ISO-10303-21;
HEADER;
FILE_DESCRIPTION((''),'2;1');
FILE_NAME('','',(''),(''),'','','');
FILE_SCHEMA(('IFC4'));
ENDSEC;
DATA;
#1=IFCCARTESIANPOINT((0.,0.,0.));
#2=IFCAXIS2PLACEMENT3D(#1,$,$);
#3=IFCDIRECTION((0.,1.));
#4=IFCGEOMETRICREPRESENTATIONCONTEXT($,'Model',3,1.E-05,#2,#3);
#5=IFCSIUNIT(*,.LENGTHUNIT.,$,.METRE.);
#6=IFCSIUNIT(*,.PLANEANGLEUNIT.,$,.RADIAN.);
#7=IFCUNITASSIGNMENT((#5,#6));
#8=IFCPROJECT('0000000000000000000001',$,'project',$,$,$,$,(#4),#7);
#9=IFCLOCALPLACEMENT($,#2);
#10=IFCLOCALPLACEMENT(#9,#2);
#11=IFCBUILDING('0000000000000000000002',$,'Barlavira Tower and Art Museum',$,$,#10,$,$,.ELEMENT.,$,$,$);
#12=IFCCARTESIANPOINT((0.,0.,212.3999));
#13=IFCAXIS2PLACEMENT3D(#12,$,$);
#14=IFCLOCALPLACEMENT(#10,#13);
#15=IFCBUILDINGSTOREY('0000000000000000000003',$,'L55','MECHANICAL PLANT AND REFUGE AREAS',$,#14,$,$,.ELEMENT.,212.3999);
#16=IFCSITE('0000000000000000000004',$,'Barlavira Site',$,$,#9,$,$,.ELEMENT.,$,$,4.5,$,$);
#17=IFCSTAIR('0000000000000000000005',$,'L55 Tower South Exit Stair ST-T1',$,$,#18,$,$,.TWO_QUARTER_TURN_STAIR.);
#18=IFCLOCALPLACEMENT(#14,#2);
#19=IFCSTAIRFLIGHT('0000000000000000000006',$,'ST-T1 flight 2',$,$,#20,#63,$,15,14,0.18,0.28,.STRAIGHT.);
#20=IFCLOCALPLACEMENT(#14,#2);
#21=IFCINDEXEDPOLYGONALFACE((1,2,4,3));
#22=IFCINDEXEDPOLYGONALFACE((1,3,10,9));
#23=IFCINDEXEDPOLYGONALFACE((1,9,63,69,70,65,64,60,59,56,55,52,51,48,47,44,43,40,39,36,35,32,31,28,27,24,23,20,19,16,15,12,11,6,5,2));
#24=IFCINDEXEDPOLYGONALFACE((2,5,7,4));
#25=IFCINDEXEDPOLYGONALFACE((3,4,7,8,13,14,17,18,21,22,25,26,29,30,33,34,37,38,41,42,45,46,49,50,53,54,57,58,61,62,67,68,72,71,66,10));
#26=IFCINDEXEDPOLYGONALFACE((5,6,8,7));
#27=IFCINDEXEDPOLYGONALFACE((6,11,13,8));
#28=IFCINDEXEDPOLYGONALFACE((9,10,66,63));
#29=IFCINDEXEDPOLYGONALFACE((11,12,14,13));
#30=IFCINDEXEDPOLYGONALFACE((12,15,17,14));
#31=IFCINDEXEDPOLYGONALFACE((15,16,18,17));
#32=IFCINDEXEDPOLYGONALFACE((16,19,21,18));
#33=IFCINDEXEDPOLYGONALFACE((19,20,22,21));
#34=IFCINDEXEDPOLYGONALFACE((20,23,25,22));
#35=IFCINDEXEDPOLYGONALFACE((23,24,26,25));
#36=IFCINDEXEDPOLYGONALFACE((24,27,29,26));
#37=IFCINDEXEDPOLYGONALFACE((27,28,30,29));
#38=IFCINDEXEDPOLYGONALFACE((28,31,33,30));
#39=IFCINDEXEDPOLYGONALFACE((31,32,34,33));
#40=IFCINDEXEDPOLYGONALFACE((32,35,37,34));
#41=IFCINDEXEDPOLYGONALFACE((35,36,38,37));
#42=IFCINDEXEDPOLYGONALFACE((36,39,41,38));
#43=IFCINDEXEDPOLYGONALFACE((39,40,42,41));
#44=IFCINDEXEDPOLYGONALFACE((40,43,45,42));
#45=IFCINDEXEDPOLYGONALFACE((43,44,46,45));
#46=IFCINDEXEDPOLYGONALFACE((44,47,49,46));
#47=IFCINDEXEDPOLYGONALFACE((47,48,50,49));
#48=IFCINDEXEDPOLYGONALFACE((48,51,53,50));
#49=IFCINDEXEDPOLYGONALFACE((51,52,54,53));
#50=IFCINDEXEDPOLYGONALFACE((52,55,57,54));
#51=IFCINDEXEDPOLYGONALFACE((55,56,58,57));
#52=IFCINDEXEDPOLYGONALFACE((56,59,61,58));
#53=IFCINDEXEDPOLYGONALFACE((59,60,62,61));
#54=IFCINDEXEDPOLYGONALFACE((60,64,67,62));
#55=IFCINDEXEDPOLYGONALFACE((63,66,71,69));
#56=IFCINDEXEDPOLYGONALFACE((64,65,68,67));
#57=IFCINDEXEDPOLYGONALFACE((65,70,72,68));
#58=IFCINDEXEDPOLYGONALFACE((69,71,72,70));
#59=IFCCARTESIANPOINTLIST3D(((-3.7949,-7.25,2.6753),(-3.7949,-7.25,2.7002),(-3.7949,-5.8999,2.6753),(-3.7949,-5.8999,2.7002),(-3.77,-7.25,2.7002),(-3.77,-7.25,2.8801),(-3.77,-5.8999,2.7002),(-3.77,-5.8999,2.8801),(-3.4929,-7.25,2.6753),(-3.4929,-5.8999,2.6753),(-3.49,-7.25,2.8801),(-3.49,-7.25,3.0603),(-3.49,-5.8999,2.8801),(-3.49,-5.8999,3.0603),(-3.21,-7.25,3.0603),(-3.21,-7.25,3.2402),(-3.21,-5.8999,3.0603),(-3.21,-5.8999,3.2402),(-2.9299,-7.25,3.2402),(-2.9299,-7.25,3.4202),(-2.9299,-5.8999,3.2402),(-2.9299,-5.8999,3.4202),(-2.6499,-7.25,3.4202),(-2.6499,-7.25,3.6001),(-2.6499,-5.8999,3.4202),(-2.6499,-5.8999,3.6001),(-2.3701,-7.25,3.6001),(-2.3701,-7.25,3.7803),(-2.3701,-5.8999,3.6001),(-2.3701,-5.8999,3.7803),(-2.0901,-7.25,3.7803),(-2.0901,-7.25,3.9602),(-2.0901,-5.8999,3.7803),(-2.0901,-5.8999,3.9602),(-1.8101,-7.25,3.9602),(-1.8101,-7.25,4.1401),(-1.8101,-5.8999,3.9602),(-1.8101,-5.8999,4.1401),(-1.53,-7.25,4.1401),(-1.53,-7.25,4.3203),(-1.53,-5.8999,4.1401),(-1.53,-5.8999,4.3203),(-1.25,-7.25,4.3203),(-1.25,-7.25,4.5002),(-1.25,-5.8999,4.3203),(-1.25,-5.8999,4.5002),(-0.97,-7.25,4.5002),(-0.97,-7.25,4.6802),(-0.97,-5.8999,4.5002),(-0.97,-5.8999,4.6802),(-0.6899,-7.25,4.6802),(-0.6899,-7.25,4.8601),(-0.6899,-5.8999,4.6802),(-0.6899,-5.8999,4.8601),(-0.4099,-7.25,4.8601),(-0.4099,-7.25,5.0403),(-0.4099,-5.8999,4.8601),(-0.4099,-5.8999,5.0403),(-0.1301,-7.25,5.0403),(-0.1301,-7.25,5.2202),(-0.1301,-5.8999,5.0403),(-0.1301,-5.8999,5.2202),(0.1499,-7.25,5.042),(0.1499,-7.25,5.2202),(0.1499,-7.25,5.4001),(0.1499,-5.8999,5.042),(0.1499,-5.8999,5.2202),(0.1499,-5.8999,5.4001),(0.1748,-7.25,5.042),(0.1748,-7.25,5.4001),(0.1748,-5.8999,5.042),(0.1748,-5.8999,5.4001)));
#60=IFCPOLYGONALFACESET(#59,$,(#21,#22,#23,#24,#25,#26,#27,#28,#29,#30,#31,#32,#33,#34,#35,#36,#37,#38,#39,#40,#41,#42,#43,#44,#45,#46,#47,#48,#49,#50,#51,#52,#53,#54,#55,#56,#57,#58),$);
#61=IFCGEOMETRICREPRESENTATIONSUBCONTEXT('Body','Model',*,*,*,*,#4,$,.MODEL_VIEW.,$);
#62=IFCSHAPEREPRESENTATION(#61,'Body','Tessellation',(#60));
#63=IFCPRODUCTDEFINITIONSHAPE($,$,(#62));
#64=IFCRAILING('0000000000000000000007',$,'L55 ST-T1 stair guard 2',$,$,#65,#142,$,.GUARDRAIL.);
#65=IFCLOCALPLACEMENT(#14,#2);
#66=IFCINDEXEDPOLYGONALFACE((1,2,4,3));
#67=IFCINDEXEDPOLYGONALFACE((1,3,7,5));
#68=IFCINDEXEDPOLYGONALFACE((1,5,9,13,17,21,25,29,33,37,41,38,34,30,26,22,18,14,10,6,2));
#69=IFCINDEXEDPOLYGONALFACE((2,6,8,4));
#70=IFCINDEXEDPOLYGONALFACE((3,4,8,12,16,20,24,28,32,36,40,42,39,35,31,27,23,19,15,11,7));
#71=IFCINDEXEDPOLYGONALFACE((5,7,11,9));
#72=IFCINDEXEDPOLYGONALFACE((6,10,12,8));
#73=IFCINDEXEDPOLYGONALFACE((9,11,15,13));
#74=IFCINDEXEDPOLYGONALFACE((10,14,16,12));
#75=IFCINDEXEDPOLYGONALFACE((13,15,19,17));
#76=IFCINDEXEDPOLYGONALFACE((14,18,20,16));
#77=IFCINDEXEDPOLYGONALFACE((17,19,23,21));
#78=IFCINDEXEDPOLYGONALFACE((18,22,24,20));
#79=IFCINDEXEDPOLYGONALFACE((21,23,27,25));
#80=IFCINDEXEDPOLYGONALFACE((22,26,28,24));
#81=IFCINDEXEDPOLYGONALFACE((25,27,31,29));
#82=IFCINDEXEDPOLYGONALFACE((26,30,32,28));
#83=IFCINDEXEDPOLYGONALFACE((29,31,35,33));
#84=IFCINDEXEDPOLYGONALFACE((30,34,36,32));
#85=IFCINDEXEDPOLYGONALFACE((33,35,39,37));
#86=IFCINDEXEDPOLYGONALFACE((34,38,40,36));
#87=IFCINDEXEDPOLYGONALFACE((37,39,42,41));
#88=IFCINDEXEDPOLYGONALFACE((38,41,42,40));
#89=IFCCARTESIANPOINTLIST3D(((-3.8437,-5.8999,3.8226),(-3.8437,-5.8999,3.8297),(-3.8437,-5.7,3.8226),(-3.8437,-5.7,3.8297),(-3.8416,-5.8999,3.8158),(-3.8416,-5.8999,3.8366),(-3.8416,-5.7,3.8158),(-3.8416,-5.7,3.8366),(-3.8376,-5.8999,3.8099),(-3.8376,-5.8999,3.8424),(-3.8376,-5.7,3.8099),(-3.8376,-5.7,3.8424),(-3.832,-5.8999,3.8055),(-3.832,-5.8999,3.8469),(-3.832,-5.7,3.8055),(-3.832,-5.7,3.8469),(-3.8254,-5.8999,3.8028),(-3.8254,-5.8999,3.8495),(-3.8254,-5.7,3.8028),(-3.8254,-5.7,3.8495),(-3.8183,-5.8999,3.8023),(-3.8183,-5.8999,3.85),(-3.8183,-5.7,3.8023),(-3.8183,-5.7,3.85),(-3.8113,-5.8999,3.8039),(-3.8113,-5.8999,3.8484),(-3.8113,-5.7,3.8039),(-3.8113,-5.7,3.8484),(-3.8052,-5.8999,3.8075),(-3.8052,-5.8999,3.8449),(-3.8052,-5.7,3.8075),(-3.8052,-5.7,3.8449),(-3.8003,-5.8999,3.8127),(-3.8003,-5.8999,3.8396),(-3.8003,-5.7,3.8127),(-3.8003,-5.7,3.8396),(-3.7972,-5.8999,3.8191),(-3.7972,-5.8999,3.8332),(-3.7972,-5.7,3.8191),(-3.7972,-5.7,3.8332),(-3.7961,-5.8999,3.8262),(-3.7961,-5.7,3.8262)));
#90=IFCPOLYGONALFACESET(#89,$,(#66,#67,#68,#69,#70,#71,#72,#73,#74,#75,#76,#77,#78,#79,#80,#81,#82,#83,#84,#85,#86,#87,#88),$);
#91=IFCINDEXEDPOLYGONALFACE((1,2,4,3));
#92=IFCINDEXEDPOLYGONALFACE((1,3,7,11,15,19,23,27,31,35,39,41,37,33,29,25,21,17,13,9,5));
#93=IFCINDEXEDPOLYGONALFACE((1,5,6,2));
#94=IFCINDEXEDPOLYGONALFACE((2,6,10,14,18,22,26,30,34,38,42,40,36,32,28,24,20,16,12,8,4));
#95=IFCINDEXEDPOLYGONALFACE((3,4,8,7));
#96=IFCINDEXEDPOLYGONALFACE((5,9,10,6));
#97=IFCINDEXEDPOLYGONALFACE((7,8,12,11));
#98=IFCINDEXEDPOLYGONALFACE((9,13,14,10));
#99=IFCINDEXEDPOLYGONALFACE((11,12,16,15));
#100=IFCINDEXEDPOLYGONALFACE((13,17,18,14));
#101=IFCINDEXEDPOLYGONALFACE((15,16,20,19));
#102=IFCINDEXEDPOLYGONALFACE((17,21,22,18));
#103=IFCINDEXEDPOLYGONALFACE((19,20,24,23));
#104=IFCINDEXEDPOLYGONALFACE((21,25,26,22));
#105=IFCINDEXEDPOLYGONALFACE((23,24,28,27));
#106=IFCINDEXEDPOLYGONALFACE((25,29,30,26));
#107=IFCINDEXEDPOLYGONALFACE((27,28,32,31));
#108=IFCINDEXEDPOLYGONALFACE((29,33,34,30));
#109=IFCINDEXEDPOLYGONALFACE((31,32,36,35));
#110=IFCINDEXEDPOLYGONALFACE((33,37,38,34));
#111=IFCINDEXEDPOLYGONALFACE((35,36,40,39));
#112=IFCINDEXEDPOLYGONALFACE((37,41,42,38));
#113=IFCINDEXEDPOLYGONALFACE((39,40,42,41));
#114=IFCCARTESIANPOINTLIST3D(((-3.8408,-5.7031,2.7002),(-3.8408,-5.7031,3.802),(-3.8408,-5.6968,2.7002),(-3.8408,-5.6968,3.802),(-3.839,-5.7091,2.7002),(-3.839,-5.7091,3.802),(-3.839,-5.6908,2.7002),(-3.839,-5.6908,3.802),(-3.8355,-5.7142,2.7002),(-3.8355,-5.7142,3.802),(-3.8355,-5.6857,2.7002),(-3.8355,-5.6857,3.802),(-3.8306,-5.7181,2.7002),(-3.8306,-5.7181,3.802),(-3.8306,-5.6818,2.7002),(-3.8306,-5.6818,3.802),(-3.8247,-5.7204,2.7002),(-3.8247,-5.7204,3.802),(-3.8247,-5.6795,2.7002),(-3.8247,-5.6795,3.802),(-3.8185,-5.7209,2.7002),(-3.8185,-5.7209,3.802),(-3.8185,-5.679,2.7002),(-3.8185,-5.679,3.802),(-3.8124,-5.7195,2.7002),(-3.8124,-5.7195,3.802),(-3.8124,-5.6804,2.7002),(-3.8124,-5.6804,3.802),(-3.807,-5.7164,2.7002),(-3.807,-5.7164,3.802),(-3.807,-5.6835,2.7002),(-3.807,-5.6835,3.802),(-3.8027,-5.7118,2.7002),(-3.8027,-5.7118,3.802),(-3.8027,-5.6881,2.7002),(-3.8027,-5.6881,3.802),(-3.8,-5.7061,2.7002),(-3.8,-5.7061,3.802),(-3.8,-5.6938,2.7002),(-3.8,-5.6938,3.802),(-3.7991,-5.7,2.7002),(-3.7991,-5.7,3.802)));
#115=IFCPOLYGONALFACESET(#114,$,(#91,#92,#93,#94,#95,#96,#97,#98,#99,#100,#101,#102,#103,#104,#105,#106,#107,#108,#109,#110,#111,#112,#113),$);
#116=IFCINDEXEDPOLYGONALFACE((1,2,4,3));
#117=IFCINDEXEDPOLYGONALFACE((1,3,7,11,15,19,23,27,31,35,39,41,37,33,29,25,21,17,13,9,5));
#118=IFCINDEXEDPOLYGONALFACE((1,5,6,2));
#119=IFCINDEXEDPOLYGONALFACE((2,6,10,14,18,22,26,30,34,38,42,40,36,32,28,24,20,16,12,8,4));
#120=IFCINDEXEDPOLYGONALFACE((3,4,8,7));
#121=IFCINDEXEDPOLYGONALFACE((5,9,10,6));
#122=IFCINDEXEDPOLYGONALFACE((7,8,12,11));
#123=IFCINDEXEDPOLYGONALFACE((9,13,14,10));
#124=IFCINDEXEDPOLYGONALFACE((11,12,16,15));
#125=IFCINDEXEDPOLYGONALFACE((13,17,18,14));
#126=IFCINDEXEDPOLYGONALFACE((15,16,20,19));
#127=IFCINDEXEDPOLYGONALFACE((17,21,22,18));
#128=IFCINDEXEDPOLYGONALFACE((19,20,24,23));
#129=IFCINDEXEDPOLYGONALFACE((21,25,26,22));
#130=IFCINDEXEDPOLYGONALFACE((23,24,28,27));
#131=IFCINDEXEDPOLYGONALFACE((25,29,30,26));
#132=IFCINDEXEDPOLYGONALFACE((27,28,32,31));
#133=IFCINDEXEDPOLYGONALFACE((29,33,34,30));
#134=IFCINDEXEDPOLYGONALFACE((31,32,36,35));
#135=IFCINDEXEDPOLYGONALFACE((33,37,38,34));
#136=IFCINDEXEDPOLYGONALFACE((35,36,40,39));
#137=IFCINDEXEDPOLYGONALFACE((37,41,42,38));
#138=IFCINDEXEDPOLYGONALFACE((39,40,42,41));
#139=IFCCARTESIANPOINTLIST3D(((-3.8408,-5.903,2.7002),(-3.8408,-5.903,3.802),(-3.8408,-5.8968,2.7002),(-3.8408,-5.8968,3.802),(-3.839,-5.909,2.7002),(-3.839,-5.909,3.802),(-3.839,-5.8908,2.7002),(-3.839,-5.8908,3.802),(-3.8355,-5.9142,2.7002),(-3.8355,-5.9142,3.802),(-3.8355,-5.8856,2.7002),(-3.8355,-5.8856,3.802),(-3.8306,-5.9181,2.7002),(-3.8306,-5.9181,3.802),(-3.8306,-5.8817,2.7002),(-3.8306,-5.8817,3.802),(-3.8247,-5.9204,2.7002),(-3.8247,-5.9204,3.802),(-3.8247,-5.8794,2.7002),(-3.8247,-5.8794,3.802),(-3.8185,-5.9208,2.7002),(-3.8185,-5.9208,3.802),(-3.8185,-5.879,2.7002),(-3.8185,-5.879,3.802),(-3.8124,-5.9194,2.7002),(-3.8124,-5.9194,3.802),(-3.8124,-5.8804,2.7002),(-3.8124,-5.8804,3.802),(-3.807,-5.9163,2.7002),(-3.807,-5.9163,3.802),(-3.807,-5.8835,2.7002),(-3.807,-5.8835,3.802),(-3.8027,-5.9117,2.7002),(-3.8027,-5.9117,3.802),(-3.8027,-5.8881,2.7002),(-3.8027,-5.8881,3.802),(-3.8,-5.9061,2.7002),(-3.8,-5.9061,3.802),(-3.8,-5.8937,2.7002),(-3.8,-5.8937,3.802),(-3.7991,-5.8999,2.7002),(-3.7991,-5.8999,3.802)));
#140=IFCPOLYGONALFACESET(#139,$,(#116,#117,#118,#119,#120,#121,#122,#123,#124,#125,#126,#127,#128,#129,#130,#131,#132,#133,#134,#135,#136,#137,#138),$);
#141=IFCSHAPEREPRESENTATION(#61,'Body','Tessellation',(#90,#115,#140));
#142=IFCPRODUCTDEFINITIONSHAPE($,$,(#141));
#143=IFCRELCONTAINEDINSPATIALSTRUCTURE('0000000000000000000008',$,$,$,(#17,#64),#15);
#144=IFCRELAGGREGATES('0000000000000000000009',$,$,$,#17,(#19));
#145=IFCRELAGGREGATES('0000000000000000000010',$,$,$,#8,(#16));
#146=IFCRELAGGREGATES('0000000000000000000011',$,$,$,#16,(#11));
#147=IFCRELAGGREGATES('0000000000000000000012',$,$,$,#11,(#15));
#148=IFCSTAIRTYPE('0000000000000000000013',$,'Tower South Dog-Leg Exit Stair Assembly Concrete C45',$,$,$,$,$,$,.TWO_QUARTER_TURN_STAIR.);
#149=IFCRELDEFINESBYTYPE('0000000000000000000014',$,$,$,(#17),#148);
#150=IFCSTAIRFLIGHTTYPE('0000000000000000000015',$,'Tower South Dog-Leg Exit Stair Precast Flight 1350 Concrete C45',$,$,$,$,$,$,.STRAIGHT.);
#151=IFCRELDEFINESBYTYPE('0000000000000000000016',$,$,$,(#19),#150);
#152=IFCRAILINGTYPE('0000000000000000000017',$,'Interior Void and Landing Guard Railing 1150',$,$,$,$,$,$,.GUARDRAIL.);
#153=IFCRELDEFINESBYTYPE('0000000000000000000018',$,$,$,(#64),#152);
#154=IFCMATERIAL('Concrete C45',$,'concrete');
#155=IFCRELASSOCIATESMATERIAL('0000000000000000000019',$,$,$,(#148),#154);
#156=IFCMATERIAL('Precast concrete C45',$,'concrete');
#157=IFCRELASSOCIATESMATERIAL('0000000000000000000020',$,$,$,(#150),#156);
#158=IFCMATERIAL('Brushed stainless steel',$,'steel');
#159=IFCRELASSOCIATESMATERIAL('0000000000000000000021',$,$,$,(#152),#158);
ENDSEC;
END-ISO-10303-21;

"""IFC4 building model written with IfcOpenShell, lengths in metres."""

from ifc_helpers import new_model, si_unit, direction, frame, origin, origin_2d, place, context, subcontext, project, spatial, polyline, circle, outline, extrude, material, type_object, element, aggregate, save


model = new_model("IFC4")

# Units and contexts
model_context = context("Model", 3, precision=1e-05, world=origin(), true_north=direction((0.0, 1.0)))
body_context = subcontext(model_context, "Body", "Model", "MODEL_VIEW")
ifc_project = project(units=[si_unit("LENGTHUNIT", "METRE"), si_unit("PLANEANGLEUNIT", "RADIAN")], contexts=[model_context])

# Site, building, storey
site_placement = place(None, origin())
site = spatial("IfcSite", under=ifc_project, at=site_placement, Name="Barlavira Site", CompositionType="ELEMENT", RefElevation=4.5)
building_placement = place(site_placement, origin())
building = spatial("IfcBuilding", under=site, at=building_placement, Name="Barlavira Tower and Art Museum", CompositionType="ELEMENT")
storey_placement = place(building_placement, frame((0.0, 0.0, 212.3999)))
storey = spatial("IfcBuildingStorey", under=building, at=storey_placement, Name="L55", Description="MECHANICAL PLANT AND REFUGE AREAS", CompositionType="ELEMENT", Elevation=212.3999)

# Shared definitions
ifc_material_1 = material(Name="Brushed stainless steel", Category="steel")

# Stair, stair flight
ifc_material_2 = material(Name="Concrete C45", Category="concrete")
stair_type = type_object("IfcStairType", Name="Tower South Dog-Leg Exit Stair Assembly Concrete C45", PredefinedType="TWO_QUARTER_TURN_STAIR", material=ifc_material_2)
stair_placement = place(storey_placement, origin())
stair = element("IfcStair", 1, at=stair_placement, inside=storey, type_object=stair_type, Name="L55 Tower South Exit Stair ST-T1", PredefinedType="TWO_QUARTER_TURN_STAIR")
ifc_material_3 = material(Name="Precast concrete C45", Category="concrete")
stair_flight_type = type_object("IfcStairFlightType", Name="Tower South Dog-Leg Exit Stair Precast Flight 1350 Concrete C45", PredefinedType="STRAIGHT", material=ifc_material_3)
stair_flight_placement = place(storey_placement, frame((-3.77, -6.575, 2.7002), z_axis=(0.0, 0.0, 1.0), x_axis=(1.0, 0.0, 0.0)))
stair_flight = element("IfcStairFlight", 2, at=stair_flight_placement, type_object=stair_flight_type, Name="ST-T1 flight 2", NumberOfRisers=15, NumberOfTreads=14, PredefinedType="STRAIGHT", RiserHeight=0.18, TreadLength=0.28, context=body_context, shape_type="SweptSolid", body=[
    extrude(outline(polyline([(-0.0249, 0.0), (0.0, 0.0), (0.0, 0.1799), (0.28, 0.1799), (0.28, 0.3601), (0.5601, 0.3601), (0.5601, 0.54), (0.8401, 0.54), (0.8401, 0.72), (1.1201, 0.72), (1.1201, 0.8999), (1.3999, 0.8999), (1.3999, 1.0801), (1.6799, 1.0801), (1.6799, 1.26), (1.96, 1.26), (1.96, 1.4399), (2.24, 1.4399), (2.24, 1.6201), (2.52, 1.6201), (2.52, 1.8), (2.8, 1.8), (2.8, 1.98), (3.0801, 1.98), (3.0801, 2.1599), (3.3601, 2.1599), (3.3601, 2.3401), (3.6399, 2.3401), (3.6399, 2.52), (3.9199, 2.52), (3.9199, 2.7), (3.9448, 2.7), (3.9448, 2.3418), (3.9199, 2.3418), (0.2771, -0.0249), (-0.0249, -0.0249), (-0.0249, 0.0)])), frame((0.0, 0.675, 0.0), z_axis=(0.0, -1.0, 0.0), x_axis=(1.0, 0.0, 0.0)), (0.0, 0.0, 1.0), 1.3501),
])
aggregate(stair, [stair_flight])

# Railing
railing_type_1 = type_object("IfcRailingType", Name="Interior Void and Landing Guard Railing 1150", PredefinedType="GUARDRAIL", material=ifc_material_1)
railing_1_placement = place(storey_placement, frame((-3.8201, -5.7, 2.7002)))
element("IfcRailing", 3, at=railing_1_placement, inside=storey, type_object=railing_type_1, Name="L55 ST-T1 stair guard 2", PredefinedType="GUARDRAIL", context=body_context, shape_type="SweptSolid", body=[
    extrude(circle(Radius=0.0239, at=origin_2d()), frame((0.0, 0.0, 1.126), z_axis=(0.0, -1.0, 0.0), x_axis=(1.0, 0.0, 0.0)), (0.0, 0.0, 1.0), 0.2),
    extrude(circle(Radius=0.021, at=origin_2d()), origin(), (0.0, 0.0, 1.0), 1.1018),
    extrude(circle(Radius=0.021, at=origin_2d()), frame((0.0, -0.2, 0.0)), (0.0, 0.0, 1.0), 1.1018),
])

save(model, "model.ifc")
